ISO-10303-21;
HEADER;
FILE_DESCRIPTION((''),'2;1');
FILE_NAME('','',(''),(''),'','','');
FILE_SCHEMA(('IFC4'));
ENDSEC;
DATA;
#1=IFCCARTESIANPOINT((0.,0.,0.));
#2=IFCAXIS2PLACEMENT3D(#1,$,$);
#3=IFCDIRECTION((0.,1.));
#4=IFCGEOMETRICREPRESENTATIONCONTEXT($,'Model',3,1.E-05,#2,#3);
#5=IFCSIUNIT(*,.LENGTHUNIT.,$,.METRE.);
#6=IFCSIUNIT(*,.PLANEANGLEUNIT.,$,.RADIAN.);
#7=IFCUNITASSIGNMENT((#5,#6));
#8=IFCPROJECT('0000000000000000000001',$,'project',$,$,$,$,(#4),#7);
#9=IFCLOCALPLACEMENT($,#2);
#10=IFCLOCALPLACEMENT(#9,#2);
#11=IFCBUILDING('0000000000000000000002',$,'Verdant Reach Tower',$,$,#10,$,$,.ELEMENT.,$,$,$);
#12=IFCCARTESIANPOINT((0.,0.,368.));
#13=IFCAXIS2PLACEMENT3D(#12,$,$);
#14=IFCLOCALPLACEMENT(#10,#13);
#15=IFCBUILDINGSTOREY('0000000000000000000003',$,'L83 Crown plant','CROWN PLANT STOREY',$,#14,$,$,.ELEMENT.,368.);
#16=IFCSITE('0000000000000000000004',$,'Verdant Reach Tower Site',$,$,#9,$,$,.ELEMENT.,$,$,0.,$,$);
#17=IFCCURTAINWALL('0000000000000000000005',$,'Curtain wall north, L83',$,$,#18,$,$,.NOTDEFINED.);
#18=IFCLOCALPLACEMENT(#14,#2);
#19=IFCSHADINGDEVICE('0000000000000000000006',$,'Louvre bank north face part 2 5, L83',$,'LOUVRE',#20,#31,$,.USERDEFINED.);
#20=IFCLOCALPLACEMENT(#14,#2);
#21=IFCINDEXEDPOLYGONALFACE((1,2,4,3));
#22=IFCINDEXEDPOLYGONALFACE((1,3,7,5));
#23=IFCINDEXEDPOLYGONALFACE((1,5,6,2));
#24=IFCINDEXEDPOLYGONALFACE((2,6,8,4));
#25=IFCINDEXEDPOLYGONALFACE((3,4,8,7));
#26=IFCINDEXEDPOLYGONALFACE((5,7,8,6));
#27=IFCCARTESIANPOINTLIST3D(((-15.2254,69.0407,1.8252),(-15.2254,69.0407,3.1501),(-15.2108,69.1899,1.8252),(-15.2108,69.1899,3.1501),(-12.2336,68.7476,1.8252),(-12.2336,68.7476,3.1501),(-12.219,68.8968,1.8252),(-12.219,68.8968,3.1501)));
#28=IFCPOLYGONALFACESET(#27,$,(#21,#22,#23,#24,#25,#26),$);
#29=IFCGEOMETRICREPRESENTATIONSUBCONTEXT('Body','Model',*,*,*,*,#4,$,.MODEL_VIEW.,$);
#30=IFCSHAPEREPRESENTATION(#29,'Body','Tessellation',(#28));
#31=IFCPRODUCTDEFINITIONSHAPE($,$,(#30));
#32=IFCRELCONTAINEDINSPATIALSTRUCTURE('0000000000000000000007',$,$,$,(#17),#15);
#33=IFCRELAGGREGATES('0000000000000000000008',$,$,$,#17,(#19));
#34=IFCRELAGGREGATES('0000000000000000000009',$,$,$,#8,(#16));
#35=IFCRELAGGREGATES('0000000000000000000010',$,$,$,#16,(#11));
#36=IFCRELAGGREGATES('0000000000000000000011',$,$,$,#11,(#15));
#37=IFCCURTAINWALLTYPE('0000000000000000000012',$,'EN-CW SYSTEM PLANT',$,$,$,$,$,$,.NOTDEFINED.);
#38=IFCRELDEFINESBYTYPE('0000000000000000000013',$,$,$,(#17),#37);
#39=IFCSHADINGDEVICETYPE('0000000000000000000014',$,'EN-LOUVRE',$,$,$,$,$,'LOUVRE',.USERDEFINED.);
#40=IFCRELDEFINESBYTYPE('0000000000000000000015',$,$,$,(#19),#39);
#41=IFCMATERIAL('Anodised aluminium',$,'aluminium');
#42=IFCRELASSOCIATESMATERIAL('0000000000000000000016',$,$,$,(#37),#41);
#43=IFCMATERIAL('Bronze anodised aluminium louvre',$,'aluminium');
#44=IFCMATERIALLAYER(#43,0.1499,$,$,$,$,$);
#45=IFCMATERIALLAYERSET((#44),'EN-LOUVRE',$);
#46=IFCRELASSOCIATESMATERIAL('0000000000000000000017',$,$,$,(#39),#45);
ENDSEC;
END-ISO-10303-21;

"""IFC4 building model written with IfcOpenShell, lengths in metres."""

from ifc_helpers import new_model, si_unit, direction, frame, origin, origin_2d, place, context, subcontext, project, spatial, rectangle, extrude, material, layer, layer_set, type_object, element, aggregate, save


model = new_model("IFC4")

# Units and contexts
model_context = context("Model", 3, precision=1e-05, world=origin(), true_north=direction((0.0, 1.0)))
body_context = subcontext(model_context, "Body", "Model", "MODEL_VIEW")
ifc_project = project(units=[si_unit("LENGTHUNIT", "METRE"), si_unit("PLANEANGLEUNIT", "RADIAN")], contexts=[model_context])

# Site, building, storey
site_placement = place(None, origin())
site = spatial("IfcSite", under=ifc_project, at=site_placement, Name="Verdant Reach Tower Site", CompositionType="ELEMENT", RefElevation=0.0)
building_placement = place(site_placement, origin())
building = spatial("IfcBuilding", under=site, at=building_placement, Name="Verdant Reach Tower", CompositionType="ELEMENT")
storey_placement = place(building_placement, frame((0.0, 0.0, 368.0)))
storey = spatial("IfcBuildingStorey", under=building, at=storey_placement, Name="L83 Crown plant", Description="CROWN PLANT STOREY", CompositionType="ELEMENT", Elevation=368.0)

# Shared definitions
ifc_material_1 = material(Name="Anodised aluminium", Category="aluminium")

# Curtain wall, shading device
curtain_wall_type_1 = type_object("IfcCurtainWallType", Name="EN-CW SYSTEM PLANT", PredefinedType="NOTDEFINED", material=ifc_material_1)
curtain_wall_1_placement = place(storey_placement, origin())
curtain_wall_1 = element("IfcCurtainWall", 1, at=curtain_wall_1_placement, inside=storey, type_object=curtain_wall_type_1, Name="Curtain wall north, L83", PredefinedType="NOTDEFINED")
ifc_material_2 = material(Name="Bronze anodised aluminium louvre", Category="aluminium")
ifc_layer_1 = layer(ifc_material_2, 0.1499)
ifc_layer_set_1 = layer_set([ifc_layer_1], Name="EN-LOUVRE")
shading_device_type = type_object("IfcShadingDeviceType", Name="EN-LOUVRE", ElementType="LOUVRE", PredefinedType="USERDEFINED", material=ifc_layer_set_1)
shading_device_1_placement = place(storey_placement, frame((-13.7222, 68.9688, 1.8252), z_axis=(0.0, 0.0, 1.0), x_axis=(-0.995238, 0.097473, 0.0)))
shading_device_1 = element("IfcShadingDevice", 2, at=shading_device_1_placement, type_object=shading_device_type, Name="Louvre bank north face part 2 5, L83", ObjectType="LOUVRE", PredefinedType="USERDEFINED", context=body_context, shape_type="SweptSolid", body=[
    extrude(rectangle(XDim=3.0061, YDim=0.1499, at=origin_2d()), origin(), (0.0, 0.0, 1.0), 1.325),
])
aggregate(curtain_wall_1, [shading_device_1])

save(model, "model.ifc")
